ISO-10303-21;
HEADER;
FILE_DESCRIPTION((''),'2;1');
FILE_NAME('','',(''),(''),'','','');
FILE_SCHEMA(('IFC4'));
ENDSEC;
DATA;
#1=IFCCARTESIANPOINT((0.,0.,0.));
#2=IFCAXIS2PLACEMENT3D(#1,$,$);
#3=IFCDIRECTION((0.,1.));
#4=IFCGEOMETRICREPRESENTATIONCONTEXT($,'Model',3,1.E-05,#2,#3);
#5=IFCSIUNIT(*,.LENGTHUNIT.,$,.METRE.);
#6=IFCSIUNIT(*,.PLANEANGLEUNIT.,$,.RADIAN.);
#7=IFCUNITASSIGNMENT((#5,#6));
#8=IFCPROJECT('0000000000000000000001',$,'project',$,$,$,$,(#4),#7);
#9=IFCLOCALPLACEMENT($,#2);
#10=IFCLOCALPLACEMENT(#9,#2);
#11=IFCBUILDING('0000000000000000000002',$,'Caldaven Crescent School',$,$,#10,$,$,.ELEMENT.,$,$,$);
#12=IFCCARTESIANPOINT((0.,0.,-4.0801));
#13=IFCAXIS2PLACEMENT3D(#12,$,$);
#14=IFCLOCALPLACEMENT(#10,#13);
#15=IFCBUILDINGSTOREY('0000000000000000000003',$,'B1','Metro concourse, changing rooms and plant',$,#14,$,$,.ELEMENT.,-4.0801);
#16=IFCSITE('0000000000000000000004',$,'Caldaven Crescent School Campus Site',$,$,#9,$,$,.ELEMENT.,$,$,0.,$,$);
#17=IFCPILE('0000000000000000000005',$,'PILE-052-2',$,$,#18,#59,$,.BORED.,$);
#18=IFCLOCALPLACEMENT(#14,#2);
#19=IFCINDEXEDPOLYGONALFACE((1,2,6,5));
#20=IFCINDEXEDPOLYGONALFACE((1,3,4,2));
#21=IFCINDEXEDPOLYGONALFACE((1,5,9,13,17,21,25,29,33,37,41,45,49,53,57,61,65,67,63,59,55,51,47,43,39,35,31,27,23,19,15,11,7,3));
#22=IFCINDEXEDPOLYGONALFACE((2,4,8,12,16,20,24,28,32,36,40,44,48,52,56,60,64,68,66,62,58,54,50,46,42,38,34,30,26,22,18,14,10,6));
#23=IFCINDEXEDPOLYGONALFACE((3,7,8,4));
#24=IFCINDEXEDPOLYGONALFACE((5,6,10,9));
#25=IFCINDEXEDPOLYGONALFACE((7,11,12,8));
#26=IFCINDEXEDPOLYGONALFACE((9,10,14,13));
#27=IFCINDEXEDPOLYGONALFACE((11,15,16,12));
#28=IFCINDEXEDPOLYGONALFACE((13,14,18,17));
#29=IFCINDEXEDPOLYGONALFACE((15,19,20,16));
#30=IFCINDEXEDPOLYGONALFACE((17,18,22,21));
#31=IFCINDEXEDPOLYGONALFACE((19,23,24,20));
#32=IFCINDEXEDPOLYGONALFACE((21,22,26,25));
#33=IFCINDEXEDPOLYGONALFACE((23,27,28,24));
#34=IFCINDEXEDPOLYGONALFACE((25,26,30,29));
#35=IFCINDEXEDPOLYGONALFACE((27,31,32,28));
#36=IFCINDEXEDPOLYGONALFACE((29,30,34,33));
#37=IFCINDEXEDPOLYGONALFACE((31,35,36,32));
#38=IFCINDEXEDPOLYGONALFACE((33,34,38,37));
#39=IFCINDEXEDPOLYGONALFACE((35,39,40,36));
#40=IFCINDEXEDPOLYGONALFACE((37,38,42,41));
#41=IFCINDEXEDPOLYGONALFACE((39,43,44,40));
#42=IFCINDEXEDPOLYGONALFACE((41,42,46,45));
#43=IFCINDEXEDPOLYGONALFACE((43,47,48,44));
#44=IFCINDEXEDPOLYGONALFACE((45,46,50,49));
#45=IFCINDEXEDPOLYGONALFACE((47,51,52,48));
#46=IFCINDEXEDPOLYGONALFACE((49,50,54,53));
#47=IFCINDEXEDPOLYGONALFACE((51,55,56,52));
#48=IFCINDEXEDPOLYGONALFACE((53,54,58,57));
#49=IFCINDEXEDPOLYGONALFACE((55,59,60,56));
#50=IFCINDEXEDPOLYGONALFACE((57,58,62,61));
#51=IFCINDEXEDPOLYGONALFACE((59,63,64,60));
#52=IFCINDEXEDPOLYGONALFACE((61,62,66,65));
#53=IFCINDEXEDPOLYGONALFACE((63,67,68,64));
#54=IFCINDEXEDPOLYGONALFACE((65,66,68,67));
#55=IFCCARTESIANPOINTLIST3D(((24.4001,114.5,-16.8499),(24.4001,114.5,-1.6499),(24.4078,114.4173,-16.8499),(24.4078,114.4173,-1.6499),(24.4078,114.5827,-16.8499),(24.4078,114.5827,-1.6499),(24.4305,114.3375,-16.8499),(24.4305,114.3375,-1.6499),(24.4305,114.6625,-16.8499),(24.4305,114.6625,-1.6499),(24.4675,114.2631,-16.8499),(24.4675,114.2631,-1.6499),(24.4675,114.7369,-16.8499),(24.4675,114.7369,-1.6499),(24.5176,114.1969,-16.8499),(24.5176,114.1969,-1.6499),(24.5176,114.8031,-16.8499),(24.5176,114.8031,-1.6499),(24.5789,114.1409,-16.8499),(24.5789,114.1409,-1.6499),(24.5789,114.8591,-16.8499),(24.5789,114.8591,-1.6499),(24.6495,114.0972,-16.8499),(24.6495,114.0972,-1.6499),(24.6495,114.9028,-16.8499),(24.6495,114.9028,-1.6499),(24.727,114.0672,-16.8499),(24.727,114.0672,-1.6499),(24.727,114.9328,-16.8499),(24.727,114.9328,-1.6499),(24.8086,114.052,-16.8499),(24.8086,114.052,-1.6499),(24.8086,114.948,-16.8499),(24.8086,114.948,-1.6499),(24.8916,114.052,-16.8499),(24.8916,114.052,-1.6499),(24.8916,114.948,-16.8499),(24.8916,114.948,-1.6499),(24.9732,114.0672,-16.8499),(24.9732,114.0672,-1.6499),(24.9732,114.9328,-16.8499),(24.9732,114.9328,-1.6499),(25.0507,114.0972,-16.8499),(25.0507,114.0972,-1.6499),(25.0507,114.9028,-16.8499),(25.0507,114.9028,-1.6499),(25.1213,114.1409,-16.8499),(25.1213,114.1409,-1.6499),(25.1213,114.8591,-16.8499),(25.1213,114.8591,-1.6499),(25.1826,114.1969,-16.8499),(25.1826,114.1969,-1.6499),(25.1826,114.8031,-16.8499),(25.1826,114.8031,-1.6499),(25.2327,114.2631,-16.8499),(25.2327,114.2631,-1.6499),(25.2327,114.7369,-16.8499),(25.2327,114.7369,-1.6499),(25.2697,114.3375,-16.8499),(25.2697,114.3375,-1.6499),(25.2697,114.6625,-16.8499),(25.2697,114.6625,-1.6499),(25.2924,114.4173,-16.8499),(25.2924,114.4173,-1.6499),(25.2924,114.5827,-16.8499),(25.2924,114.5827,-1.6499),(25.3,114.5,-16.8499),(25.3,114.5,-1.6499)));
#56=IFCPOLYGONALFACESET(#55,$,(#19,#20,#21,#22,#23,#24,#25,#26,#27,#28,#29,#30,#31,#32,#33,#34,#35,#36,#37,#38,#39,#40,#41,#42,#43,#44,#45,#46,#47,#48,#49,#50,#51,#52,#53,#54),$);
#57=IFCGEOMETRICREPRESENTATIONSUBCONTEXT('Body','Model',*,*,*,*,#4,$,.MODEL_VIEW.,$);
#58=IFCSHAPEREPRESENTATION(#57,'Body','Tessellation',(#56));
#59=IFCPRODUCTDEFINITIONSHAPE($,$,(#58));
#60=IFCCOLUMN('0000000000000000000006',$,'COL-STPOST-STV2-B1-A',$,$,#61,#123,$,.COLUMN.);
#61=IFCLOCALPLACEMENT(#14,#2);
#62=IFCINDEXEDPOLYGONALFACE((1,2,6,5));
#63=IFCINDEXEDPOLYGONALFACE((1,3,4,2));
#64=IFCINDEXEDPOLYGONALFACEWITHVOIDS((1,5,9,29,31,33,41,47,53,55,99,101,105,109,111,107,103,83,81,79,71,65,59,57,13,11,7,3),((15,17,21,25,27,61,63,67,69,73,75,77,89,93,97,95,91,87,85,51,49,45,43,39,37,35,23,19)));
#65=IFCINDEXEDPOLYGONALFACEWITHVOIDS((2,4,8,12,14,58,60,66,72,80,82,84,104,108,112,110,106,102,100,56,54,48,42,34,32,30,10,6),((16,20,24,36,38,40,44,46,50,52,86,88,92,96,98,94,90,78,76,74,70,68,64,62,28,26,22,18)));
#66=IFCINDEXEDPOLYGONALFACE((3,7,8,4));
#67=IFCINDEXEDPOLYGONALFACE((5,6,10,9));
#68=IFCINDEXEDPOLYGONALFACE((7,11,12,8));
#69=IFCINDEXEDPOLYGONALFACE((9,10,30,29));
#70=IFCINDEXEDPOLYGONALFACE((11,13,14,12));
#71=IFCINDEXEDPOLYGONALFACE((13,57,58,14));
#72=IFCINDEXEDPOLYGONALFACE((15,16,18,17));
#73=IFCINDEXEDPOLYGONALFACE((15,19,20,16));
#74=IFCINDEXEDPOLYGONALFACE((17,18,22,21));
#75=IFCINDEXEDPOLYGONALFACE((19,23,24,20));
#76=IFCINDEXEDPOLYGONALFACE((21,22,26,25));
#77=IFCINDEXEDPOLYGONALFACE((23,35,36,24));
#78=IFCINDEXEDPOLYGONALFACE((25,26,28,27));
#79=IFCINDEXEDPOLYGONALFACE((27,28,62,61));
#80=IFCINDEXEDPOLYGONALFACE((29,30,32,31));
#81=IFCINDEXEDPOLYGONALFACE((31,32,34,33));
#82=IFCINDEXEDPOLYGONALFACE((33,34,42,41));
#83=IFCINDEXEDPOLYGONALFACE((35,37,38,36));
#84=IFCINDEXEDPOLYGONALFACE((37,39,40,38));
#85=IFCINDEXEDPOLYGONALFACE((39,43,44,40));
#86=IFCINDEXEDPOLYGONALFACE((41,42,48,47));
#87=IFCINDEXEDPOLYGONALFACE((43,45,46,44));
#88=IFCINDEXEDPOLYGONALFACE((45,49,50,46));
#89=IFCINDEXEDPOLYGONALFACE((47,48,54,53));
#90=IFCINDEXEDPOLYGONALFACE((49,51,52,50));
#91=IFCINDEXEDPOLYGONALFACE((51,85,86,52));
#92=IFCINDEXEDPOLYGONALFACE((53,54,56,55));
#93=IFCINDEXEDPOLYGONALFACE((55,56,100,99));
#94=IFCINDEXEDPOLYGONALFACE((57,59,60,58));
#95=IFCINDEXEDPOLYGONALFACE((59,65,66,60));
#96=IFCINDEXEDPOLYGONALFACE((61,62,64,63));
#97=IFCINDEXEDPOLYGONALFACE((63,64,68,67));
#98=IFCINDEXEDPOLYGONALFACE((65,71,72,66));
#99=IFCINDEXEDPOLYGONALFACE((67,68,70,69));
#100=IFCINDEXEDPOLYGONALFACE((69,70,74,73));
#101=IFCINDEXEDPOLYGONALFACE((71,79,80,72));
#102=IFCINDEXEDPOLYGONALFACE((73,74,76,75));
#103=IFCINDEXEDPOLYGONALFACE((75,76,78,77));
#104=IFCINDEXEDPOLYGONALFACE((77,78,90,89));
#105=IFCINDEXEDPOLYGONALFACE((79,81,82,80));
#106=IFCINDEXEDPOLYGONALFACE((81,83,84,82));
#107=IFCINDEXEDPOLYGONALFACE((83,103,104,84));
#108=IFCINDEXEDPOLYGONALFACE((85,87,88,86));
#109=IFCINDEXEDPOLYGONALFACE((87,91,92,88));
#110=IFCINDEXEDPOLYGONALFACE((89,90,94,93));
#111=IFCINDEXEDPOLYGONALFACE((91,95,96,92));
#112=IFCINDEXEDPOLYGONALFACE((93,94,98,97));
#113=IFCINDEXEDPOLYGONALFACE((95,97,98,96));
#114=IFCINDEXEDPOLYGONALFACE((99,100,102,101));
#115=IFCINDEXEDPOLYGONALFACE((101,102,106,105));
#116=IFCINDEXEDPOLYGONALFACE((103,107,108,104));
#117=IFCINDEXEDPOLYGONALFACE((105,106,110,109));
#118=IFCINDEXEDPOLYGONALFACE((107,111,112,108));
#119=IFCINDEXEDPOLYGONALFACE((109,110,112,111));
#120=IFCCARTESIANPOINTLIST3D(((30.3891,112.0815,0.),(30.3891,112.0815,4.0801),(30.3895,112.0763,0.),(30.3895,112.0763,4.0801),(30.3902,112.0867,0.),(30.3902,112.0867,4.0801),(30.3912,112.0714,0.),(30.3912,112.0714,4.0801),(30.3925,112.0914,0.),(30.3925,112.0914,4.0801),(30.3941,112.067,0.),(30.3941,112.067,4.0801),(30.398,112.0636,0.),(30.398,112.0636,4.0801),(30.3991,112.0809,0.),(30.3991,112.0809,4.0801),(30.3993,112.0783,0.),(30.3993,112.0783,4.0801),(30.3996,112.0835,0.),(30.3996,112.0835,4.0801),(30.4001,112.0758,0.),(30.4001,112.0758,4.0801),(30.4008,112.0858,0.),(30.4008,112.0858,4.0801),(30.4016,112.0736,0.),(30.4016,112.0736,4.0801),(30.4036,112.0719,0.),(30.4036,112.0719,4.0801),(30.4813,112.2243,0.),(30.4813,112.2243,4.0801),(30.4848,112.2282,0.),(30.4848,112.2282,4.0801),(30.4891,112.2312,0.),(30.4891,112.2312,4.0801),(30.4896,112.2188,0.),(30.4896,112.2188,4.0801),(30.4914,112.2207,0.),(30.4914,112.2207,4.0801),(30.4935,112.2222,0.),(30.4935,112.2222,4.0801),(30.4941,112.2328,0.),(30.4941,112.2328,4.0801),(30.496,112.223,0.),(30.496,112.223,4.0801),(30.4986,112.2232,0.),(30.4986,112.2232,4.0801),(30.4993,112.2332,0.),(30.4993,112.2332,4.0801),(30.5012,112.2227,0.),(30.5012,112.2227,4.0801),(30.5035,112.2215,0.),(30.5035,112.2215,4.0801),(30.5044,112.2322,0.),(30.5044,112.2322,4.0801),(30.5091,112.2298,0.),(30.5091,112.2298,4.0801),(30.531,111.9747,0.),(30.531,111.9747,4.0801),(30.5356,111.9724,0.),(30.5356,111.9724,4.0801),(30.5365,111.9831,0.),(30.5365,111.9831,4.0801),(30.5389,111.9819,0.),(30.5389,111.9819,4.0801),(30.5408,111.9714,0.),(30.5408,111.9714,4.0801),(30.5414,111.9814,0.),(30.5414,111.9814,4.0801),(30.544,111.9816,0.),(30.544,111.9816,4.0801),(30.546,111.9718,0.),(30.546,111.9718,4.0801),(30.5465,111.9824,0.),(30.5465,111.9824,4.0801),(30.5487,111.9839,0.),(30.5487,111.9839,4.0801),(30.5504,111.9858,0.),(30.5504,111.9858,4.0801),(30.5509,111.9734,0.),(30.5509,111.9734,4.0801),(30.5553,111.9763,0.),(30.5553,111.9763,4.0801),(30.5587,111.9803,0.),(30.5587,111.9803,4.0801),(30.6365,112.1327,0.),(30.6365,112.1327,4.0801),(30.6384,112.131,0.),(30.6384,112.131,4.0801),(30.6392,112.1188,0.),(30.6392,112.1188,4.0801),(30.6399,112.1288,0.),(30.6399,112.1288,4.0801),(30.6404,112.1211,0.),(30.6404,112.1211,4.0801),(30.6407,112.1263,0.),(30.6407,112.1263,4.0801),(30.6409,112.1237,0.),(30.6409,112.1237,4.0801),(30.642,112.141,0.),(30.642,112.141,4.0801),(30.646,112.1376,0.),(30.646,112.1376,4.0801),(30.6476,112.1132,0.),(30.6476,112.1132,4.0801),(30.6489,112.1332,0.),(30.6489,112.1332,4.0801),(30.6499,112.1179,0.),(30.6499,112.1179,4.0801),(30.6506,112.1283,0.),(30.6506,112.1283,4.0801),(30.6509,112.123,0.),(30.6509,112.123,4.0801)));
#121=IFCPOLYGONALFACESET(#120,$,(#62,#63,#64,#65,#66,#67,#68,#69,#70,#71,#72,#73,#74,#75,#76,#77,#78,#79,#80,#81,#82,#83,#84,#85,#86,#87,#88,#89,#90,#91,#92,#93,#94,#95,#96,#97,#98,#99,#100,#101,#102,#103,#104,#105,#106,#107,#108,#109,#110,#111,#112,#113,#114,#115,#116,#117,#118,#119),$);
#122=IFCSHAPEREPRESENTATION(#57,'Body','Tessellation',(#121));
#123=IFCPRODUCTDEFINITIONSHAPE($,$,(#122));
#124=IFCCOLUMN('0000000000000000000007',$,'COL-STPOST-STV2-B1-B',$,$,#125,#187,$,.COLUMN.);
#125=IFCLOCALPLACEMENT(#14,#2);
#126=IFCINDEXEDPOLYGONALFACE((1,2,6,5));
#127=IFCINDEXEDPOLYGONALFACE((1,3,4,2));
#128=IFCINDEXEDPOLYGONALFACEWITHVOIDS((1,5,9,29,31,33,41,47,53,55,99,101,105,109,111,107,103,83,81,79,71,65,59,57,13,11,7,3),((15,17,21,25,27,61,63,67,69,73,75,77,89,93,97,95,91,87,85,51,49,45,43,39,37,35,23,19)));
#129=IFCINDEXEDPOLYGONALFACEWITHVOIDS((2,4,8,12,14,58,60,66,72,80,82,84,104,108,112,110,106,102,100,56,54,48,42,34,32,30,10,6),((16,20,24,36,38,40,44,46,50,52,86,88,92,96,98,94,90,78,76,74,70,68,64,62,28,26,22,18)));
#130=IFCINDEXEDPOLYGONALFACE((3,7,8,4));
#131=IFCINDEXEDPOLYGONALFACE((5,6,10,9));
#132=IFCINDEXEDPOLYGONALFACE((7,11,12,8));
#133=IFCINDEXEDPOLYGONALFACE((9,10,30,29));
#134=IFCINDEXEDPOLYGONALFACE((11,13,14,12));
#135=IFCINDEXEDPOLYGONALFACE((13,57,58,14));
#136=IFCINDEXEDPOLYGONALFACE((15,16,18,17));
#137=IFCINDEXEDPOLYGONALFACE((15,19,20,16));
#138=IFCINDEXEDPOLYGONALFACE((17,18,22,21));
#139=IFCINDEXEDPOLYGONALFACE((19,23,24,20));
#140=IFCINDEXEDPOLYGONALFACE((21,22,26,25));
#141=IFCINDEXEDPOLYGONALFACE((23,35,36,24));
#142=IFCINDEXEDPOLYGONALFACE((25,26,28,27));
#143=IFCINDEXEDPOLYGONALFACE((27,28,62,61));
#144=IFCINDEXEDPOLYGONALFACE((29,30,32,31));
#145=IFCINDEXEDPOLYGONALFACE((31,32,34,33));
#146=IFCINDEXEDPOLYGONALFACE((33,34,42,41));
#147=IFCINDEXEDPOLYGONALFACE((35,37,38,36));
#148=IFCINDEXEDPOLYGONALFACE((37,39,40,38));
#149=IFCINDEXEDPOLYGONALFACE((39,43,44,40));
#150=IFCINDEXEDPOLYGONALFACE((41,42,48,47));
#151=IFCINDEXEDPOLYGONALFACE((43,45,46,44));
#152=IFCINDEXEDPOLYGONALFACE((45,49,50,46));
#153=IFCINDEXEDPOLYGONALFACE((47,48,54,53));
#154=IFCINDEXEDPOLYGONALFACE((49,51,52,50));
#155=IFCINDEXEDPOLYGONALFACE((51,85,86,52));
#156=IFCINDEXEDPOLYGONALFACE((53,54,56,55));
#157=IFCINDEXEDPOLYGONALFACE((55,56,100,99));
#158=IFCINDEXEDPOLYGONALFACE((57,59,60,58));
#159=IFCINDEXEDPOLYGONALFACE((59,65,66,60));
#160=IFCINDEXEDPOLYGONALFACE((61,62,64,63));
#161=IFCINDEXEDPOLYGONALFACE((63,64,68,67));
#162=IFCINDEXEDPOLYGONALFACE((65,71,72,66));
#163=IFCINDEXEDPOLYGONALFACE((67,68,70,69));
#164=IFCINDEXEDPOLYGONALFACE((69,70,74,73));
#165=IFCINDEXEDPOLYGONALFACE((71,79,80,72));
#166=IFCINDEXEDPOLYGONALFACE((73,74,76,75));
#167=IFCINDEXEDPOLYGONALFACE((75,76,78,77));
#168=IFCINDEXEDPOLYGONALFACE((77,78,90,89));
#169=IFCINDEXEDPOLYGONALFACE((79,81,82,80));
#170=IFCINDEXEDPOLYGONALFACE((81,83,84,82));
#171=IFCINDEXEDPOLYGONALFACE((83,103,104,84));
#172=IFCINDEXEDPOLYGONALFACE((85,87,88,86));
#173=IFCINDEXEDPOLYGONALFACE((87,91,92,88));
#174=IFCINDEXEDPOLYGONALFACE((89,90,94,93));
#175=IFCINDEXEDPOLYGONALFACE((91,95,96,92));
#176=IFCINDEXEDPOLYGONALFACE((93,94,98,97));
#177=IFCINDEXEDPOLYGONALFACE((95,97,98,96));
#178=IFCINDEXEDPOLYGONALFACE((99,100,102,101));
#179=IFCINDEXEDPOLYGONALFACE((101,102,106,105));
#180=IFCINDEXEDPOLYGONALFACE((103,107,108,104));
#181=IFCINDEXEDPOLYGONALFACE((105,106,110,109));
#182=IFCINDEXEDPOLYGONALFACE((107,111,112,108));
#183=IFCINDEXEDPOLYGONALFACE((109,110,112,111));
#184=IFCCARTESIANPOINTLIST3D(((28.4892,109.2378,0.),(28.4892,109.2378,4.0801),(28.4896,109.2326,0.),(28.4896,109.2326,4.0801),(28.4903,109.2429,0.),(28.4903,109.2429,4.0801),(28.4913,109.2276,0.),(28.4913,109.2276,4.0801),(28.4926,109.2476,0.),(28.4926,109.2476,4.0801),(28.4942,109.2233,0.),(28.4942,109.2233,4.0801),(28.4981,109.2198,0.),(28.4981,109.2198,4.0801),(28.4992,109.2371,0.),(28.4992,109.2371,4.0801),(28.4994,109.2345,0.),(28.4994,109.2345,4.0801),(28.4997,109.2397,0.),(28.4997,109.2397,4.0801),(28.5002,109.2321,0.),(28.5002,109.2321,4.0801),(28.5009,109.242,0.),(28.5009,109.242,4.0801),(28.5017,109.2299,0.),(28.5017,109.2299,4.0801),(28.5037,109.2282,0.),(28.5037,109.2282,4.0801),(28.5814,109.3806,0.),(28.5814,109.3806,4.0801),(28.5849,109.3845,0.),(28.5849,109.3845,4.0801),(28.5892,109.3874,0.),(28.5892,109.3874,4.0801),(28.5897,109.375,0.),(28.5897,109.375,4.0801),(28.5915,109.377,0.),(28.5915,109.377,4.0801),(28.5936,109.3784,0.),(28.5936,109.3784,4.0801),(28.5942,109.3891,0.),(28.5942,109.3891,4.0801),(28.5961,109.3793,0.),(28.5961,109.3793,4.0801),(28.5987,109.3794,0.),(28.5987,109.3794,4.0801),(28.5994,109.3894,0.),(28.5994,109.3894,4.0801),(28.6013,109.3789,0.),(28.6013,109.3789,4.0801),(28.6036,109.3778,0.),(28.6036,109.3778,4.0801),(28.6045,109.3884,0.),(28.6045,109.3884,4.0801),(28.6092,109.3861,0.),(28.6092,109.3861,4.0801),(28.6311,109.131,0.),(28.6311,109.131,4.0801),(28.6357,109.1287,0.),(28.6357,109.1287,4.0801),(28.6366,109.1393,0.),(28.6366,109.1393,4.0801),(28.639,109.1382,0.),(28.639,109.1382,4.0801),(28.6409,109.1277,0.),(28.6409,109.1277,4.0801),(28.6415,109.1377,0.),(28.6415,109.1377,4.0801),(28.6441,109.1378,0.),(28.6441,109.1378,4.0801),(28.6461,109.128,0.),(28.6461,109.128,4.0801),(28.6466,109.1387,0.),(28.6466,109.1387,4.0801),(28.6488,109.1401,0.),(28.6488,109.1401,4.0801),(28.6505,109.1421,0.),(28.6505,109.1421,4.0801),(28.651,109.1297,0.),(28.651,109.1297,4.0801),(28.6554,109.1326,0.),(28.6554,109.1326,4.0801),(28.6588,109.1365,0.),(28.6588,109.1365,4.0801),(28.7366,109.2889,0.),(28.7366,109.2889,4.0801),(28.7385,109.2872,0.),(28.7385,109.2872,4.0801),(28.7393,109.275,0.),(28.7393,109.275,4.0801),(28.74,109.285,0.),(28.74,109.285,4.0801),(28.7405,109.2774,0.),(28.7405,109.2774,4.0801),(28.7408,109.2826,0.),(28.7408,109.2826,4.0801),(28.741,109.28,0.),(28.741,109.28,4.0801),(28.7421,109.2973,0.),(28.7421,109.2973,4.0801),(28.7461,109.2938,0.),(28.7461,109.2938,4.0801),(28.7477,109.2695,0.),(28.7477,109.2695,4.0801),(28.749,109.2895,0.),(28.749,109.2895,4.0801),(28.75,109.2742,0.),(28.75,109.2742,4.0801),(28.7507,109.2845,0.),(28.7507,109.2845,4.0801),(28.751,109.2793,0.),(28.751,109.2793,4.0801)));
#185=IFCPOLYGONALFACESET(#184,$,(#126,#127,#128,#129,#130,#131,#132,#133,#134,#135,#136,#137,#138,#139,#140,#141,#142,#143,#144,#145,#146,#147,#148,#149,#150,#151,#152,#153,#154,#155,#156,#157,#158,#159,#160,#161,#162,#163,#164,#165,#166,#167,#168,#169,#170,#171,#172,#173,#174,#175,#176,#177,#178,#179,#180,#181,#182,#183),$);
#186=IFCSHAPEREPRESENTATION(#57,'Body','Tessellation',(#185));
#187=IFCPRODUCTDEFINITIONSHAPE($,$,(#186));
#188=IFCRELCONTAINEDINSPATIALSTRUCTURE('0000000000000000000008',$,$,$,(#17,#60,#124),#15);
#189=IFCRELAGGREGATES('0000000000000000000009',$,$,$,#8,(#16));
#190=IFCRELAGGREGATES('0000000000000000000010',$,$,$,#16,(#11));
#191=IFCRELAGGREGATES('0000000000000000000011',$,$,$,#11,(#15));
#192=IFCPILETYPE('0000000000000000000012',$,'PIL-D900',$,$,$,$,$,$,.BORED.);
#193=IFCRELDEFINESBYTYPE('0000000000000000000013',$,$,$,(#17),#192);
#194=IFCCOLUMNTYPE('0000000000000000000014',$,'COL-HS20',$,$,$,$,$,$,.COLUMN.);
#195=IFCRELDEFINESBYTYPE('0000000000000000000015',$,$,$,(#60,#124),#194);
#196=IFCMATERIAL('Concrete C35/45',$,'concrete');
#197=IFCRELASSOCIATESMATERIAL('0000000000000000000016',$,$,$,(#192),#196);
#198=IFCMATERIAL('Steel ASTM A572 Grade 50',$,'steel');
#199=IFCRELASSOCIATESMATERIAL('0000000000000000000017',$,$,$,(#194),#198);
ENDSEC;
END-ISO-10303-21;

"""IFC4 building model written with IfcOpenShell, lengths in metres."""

from ifc_helpers import new_model, si_unit, direction, frame, origin, origin_2d, place, context, subcontext, project, spatial, hollow_rectangle, circle, extrude, material, material_profile, profile_set, type_object, element, save


model = new_model("IFC4")

# Units and contexts
model_context = context("Model", 3, precision=1e-05, world=origin(), true_north=direction((0.0, 1.0)))
body_context = subcontext(model_context, "Body", "Model", "MODEL_VIEW")
ifc_project = project(units=[si_unit("LENGTHUNIT", "METRE"), si_unit("PLANEANGLEUNIT", "RADIAN")], contexts=[model_context])

# Site, building, storey
site_placement = place(None, origin())
site = spatial("IfcSite", under=ifc_project, at=site_placement, Name="Caldaven Crescent School Campus Site", CompositionType="ELEMENT", RefElevation=0.0)
building_placement = place(site_placement, origin())
building = spatial("IfcBuilding", under=site, at=building_placement, Name="Caldaven Crescent School", CompositionType="ELEMENT")
storey_placement = place(building_placement, frame((0.0, 0.0, -4.0801)))
storey = spatial("IfcBuildingStorey", under=building, at=storey_placement, Name="B1", Description="Metro concourse, changing rooms and plant", CompositionType="ELEMENT", Elevation=-4.0801)

# Shared definitions
ifc_material_1 = material(Name="Concrete C35/45", Category="concrete")

# Pile
ifc_material_profile_1 = material_profile(ifc_material_1, circle(Radius=0.45, at=origin_2d()), Name="PILE D900")
ifc_profile_set_1 = profile_set([ifc_material_profile_1], Name="Concrete C35/45")
pile_type_1 = type_object("IfcPileType", Name="PIL-D900", PredefinedType="BORED", material=ifc_profile_set_1)
for number, where, z_axis, x_axis, name in (
    (1, (24.8501, 114.5, -1.6499), (0.0, 0.0, -1.0), (1.0, 0.0, 0.0), "PILE-052-2"),
):
    element("IfcPile", number, at=place(storey_placement, frame(where, z_axis=z_axis, x_axis=x_axis)), inside=storey, type_object=pile_type_1, Name=name, PredefinedType="BORED", context=body_context, shape_type="SweptSolid", body=[
        extrude(circle(Radius=0.45, at=origin_2d()), origin(), (0.0, 0.0, 1.0), 15.2),
    ])

# Columns
ifc_material_2 = material(Name="Steel ASTM A572 Grade 50", Category="steel")
ifc_material_profile_2 = material_profile(ifc_material_2, hollow_rectangle(XDim=0.2, YDim=0.2, WallThickness=0.01, InnerFilletRadius=0.01, OuterFilletRadius=0.02, at=origin_2d()), Name="HSS 200x200x10")
ifc_profile_set_2 = profile_set([ifc_material_profile_2], Name="Steel ASTM A572 Grade 50")
column_type_1 = type_object("IfcColumnType", Name="COL-HS20", PredefinedType="COLUMN", material=ifc_profile_set_2)
for number, where, z_axis, x_axis, name in (
    (2, (30.52, 112.1023, 0.0), (0.0, 0.0, 1.0), (-0.83147, 0.55557, 0.0), "COL-STPOST-STV2-B1-A"),
    (3, (28.6201, 109.2585, 0.0), (0.0, 0.0, 1.0), (-0.83147, 0.55557, 0.0), "COL-STPOST-STV2-B1-B"),
):
    element("IfcColumn", number, at=place(storey_placement, frame(where, z_axis=z_axis, x_axis=x_axis)), inside=storey, type_object=column_type_1, Name=name, PredefinedType="COLUMN", context=body_context, shape_type="SweptSolid", body=[
        extrude(hollow_rectangle(XDim=0.2, YDim=0.2, WallThickness=0.01, InnerFilletRadius=0.01, OuterFilletRadius=0.02, at=origin_2d()), origin(), (0.0, 0.0, 1.0), 4.0801),
    ])

save(model, "model.ifc")
